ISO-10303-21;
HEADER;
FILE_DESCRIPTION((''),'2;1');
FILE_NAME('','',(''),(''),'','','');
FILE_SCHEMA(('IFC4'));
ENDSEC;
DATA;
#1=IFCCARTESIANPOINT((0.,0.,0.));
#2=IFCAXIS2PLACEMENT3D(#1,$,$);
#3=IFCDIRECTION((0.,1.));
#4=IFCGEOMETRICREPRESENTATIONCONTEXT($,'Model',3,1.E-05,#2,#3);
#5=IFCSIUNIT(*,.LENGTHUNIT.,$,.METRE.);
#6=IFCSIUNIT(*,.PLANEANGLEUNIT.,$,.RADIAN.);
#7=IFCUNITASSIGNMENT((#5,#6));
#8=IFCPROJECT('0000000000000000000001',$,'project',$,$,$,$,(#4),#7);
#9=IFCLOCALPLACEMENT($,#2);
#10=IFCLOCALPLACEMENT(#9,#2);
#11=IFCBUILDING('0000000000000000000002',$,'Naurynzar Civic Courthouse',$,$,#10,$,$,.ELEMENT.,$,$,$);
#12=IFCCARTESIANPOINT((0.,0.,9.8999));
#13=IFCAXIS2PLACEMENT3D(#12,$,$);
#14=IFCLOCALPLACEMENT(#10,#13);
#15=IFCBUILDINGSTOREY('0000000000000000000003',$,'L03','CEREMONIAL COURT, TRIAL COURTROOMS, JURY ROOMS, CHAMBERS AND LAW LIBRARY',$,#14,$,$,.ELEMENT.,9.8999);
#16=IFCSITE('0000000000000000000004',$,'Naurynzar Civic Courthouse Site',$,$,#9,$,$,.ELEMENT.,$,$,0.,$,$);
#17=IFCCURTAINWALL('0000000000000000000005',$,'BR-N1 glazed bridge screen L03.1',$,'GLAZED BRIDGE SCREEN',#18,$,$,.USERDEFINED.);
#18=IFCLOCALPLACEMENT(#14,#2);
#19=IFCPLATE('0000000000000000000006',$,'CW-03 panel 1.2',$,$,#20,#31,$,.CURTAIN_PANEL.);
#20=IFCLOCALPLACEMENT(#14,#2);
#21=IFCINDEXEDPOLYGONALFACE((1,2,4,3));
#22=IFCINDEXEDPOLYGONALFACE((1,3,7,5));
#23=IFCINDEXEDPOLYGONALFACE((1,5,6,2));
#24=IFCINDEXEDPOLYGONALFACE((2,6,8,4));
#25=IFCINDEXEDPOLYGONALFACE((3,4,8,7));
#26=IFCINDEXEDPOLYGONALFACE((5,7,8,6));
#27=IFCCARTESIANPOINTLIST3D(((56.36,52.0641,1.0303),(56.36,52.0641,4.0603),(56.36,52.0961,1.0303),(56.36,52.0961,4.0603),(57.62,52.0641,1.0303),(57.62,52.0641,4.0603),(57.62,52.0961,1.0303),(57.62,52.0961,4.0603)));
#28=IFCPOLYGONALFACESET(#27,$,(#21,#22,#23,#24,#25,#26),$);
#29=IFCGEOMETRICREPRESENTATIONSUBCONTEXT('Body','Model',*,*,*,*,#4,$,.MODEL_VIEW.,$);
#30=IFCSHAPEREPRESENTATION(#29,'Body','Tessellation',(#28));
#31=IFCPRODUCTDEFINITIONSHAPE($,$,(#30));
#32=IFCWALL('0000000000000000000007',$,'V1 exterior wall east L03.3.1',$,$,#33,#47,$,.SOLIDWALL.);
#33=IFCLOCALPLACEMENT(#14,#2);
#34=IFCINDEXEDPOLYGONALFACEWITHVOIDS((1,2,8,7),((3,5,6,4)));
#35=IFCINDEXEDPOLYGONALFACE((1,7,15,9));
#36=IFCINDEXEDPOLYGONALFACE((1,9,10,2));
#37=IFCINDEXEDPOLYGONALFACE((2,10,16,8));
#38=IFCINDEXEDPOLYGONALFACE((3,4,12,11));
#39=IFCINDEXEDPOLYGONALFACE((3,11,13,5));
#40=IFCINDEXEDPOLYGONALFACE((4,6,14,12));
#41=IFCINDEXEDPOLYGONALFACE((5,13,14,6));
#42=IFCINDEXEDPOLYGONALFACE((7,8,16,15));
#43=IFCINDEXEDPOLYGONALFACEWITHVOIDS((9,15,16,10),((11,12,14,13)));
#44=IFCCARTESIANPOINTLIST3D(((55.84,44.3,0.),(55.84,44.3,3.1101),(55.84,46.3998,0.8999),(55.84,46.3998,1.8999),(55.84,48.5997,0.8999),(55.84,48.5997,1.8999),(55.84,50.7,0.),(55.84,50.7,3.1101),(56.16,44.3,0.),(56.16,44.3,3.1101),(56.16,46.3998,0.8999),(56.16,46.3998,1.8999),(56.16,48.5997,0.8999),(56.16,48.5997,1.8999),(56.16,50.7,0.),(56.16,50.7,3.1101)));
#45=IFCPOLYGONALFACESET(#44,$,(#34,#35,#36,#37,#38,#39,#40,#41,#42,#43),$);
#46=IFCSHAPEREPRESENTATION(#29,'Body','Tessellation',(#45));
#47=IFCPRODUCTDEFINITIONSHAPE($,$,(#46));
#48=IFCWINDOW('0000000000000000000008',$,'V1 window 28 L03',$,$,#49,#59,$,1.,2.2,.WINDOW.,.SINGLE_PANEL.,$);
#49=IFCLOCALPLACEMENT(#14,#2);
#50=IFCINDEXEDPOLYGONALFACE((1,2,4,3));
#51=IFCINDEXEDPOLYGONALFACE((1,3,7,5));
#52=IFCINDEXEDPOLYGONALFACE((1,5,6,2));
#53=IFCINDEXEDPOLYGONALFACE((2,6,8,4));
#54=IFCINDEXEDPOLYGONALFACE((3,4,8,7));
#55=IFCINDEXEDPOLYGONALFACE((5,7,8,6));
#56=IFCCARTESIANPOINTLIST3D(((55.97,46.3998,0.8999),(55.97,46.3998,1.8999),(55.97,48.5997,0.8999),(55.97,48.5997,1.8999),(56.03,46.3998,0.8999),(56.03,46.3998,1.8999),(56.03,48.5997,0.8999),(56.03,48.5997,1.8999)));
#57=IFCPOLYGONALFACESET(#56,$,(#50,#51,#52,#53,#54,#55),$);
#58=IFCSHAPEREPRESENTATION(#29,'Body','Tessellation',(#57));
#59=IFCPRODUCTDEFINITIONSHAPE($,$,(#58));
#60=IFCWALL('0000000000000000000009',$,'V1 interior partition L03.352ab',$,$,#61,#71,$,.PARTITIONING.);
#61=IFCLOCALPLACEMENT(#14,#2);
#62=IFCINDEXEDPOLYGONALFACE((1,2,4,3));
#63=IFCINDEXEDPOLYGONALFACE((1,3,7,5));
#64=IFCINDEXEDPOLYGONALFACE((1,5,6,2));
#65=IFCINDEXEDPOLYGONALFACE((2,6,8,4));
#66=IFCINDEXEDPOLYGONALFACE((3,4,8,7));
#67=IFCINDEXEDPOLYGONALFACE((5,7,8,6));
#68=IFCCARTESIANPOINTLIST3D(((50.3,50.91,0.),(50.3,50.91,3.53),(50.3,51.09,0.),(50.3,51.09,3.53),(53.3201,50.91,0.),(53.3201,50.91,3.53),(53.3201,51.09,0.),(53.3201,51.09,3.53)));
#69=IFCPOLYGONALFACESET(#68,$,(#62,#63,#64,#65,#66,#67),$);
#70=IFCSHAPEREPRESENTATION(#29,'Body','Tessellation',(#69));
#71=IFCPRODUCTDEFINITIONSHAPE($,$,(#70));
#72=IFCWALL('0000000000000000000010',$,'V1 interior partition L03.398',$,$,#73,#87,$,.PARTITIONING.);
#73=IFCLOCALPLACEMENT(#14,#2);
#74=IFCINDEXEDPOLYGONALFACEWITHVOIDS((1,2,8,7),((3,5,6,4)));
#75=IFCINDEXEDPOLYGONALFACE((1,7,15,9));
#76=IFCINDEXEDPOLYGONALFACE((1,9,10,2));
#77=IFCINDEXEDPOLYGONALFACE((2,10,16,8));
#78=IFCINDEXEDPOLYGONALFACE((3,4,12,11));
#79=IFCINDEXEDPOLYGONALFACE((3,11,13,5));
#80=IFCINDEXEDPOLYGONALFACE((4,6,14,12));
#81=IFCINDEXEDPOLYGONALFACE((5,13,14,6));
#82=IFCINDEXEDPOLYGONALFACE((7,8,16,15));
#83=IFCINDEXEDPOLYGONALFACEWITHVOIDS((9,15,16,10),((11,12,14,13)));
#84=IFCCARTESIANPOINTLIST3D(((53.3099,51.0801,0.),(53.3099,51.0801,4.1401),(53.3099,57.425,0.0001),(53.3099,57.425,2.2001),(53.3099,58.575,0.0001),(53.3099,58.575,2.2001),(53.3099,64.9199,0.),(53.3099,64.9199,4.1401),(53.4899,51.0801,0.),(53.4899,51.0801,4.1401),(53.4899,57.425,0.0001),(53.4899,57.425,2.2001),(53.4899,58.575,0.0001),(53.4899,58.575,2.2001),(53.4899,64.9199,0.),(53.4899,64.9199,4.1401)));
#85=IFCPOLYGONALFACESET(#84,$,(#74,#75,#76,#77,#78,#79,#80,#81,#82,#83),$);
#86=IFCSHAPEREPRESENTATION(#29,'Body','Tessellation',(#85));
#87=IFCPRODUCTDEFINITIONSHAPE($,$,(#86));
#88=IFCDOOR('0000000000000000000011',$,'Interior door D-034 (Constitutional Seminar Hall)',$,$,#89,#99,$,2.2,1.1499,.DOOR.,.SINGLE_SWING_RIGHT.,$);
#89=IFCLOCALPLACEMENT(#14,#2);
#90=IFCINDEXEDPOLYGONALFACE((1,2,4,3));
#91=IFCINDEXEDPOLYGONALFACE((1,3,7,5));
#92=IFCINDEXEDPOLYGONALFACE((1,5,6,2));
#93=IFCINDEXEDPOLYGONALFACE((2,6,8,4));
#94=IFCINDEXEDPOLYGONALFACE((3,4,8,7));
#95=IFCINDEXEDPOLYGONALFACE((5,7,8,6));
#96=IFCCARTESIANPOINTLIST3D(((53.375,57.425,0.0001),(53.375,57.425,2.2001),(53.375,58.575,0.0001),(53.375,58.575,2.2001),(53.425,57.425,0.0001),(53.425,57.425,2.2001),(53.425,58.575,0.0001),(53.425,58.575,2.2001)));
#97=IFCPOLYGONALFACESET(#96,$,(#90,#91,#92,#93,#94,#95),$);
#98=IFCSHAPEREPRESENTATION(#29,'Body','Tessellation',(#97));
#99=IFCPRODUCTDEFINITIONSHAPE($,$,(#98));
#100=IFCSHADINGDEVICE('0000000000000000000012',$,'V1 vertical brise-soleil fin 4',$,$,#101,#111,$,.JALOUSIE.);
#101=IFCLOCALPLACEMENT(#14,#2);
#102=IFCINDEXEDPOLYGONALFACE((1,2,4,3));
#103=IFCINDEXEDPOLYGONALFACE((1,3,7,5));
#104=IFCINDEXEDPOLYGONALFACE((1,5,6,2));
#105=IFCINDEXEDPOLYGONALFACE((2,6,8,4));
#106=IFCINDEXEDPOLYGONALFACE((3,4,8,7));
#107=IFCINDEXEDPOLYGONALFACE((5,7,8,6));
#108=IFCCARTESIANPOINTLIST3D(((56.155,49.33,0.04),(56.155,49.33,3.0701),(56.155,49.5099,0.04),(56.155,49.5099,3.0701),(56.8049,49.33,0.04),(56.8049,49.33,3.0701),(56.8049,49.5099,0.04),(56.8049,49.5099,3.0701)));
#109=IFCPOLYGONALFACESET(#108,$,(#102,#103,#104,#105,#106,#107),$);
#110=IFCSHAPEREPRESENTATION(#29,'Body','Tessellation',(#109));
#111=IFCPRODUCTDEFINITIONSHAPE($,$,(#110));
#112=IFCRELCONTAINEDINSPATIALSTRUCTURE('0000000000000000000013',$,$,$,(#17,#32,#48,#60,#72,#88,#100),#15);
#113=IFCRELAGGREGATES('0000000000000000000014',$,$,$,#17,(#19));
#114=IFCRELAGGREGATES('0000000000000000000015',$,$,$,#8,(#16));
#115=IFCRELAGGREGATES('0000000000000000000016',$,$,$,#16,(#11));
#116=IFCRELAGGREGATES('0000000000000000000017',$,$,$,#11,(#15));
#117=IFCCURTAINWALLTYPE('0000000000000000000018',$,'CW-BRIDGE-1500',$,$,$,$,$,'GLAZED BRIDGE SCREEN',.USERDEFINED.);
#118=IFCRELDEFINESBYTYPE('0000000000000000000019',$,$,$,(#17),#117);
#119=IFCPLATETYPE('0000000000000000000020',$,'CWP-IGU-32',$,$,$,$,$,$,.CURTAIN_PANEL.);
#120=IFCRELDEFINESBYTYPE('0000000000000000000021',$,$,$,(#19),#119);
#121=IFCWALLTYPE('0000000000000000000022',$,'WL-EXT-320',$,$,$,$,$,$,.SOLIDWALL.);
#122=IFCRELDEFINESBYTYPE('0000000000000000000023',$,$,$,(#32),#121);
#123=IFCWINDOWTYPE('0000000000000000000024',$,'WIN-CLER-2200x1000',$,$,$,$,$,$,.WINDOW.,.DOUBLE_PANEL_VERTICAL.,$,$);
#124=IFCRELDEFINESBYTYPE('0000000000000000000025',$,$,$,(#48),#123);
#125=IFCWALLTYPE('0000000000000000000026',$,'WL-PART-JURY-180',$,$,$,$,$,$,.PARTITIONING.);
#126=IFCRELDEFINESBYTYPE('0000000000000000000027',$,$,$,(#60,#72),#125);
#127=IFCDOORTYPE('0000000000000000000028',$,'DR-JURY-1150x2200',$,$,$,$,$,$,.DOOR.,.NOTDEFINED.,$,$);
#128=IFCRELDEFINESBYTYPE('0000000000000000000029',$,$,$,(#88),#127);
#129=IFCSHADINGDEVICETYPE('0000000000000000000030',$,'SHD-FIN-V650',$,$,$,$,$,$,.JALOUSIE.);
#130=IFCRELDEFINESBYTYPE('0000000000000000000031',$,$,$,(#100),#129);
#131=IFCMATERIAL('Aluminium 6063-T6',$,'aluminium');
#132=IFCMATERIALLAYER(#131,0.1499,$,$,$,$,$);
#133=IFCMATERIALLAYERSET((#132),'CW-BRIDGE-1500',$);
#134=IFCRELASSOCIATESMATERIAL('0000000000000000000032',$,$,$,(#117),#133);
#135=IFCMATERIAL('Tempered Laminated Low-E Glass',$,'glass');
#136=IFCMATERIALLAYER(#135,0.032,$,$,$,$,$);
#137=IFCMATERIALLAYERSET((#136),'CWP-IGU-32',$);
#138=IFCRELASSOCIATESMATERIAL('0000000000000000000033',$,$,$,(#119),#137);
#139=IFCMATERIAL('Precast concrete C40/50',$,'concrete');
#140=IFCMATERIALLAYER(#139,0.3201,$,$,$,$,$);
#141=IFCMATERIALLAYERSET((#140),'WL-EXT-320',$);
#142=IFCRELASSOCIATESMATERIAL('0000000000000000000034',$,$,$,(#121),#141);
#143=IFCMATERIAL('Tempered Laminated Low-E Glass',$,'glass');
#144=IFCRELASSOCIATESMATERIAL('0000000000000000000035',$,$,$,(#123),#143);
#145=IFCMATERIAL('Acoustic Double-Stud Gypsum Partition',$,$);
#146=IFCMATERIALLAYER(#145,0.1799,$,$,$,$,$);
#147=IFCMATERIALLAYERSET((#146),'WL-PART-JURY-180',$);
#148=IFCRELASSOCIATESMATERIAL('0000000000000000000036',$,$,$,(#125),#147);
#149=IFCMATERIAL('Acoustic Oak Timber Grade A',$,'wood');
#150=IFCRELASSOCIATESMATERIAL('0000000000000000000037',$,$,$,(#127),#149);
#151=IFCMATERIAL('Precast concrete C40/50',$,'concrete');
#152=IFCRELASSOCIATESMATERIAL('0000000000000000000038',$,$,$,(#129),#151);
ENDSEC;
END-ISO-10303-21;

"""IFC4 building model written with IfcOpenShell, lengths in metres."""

from ifc_helpers import new_model, si_unit, direction, frame, frame_2d, origin, origin_2d, place, context, subcontext, project, spatial, rectangle, extrude, material, layer, layer_set, type_object, element, fill, aggregate, save


model = new_model("IFC4")

# Units and contexts
model_context = context("Model", 3, precision=1e-05, world=origin(), true_north=direction((0.0, 1.0)))
body_context = subcontext(model_context, "Body", "Model", "MODEL_VIEW")
ifc_project = project(units=[si_unit("LENGTHUNIT", "METRE"), si_unit("PLANEANGLEUNIT", "RADIAN")], contexts=[model_context])

# Site, building, storey
site_placement = place(None, origin())
site = spatial("IfcSite", under=ifc_project, at=site_placement, Name="Naurynzar Civic Courthouse Site", CompositionType="ELEMENT", RefElevation=0.0)
building_placement = place(site_placement, origin())
building = spatial("IfcBuilding", under=site, at=building_placement, Name="Naurynzar Civic Courthouse", CompositionType="ELEMENT")
storey_placement = place(building_placement, frame((0.0, 0.0, 9.8999)))
storey = spatial("IfcBuildingStorey", under=building, at=storey_placement, Name="L03", Description="CEREMONIAL COURT, TRIAL COURTROOMS, JURY ROOMS, CHAMBERS AND LAW LIBRARY", CompositionType="ELEMENT", Elevation=9.8999)

# Curtain wall
ifc_material_1 = material(Name="Aluminium 6063-T6", Category="aluminium")
ifc_layer_1 = layer(ifc_material_1, 0.1499)
ifc_layer_set_1 = layer_set([ifc_layer_1], Name="CW-BRIDGE-1500")
curtain_wall_type_1 = type_object("IfcCurtainWallType", Name="CW-BRIDGE-1500", ElementType="GLAZED BRIDGE SCREEN", PredefinedType="USERDEFINED", material=ifc_layer_set_1)
curtain_wall_1_placement = place(storey_placement, origin())
curtain_wall_1 = element("IfcCurtainWall", 1, at=curtain_wall_1_placement, inside=storey, type_object=curtain_wall_type_1, Name="BR-N1 glazed bridge screen L03.1", ObjectType="GLAZED BRIDGE SCREEN", PredefinedType="USERDEFINED")

# Plate
ifc_material_2 = material(Name="Tempered Laminated Low-E Glass", Category="glass")
ifc_layer_2 = layer(ifc_material_2, 0.032)
ifc_layer_set_2 = layer_set([ifc_layer_2], Name="CWP-IGU-32")
plate_type = type_object("IfcPlateType", Name="CWP-IGU-32", PredefinedType="CURTAIN_PANEL", material=ifc_layer_set_2)
plate_1_placement = place(storey_placement, frame((56.99, 52.0801, 1.0303), z_axis=(0.0, 0.0, 1.0), x_axis=(1.0, 0.0, 0.0)))
plate_1 = element("IfcPlate", 2, at=plate_1_placement, type_object=plate_type, Name="CW-03 panel 1.2", PredefinedType="CURTAIN_PANEL", context=body_context, shape_type="SweptSolid", body=[
    extrude(rectangle(XDim=1.26, YDim=0.032, at=origin_2d()), origin(), (0.0, 0.0, 1.0), 3.03),
])
aggregate(curtain_wall_1, [plate_1])

# Wall, opening, window
ifc_material_3 = material(Name="Precast concrete C40/50", Category="concrete")
ifc_layer_3 = layer(ifc_material_3, 0.3201)
ifc_layer_set_3 = layer_set([ifc_layer_3], Name="WL-EXT-320")
wall_type_1 = type_object("IfcWallType", Name="WL-EXT-320", PredefinedType="SOLIDWALL", material=ifc_layer_set_3)
wall_1_placement = place(storey_placement, frame((56.0, 50.7, 0.0), z_axis=(0.0, 0.0, 1.0), x_axis=(0.0, -1.0, 0.0)))
wall_1 = element("IfcWall", 3, at=wall_1_placement, inside=storey, type_object=wall_type_1, Name="V1 exterior wall east L03.3.1", PredefinedType="SOLIDWALL", context=body_context, shape_type="SweptSolid", body=[
    extrude(rectangle(XDim=6.3999, YDim=0.3201, at=frame_2d((3.2, 0.0))), origin(), (0.0, 0.0, 1.0), 3.1101),
])
opening_1_placement = place(wall_1_placement, frame((2.1001, 0.0, 0.8999)))
opening_1 = element("IfcOpeningElement", 4, at=opening_1_placement, cuts=wall_1, PredefinedType="OPENING", context=body_context, shape_type="SweptSolid", body=[
    extrude(rectangle(XDim=2.2, YDim=1.0, at=frame_2d((1.1001, 0.5))), frame((0.0, 0.1699, 0.0), z_axis=(0.0, -1.0, 0.0), x_axis=(1.0, 0.0, 0.0)), (0.0, 0.0, 1.0), 0.3401),
])
ifc_material_4 = material(Name="Tempered Laminated Low-E Glass", Category="glass")
window_type = type_object("IfcWindowType", Name="WIN-CLER-2200x1000", PartitioningType="DOUBLE_PANEL_VERTICAL", PredefinedType="WINDOW", material=ifc_material_4)
window_placement = place(opening_1_placement, origin())
window = element("IfcWindow", 5, at=window_placement, inside=storey, type_object=window_type, Name="V1 window 28 L03", OverallHeight=1.0, OverallWidth=2.2, PartitioningType="SINGLE_PANEL", PredefinedType="WINDOW", context=body_context, shape_type="SweptSolid", body=[
    extrude(rectangle(XDim=2.2, YDim=1.0, at=frame_2d((1.1001, 0.5))), frame((0.0, 0.03, 0.0), z_axis=(0.0, -1.0, 0.0), x_axis=(1.0, 0.0, 0.0)), (0.0, 0.0, 1.0), 0.0601),
])
fill(opening_1, window)

# Wall
ifc_material_5 = material(Name="Acoustic Double-Stud Gypsum Partition")
ifc_layer_4 = layer(ifc_material_5, 0.1799)
ifc_layer_set_4 = layer_set([ifc_layer_4], Name="WL-PART-JURY-180")
wall_type_2 = type_object("IfcWallType", Name="WL-PART-JURY-180", PredefinedType="PARTITIONING", material=ifc_layer_set_4)
wall_2_placement = place(storey_placement, frame((50.3, 51.0, 0.0), z_axis=(0.0, 0.0, 1.0), x_axis=(1.0, 0.0, 0.0)))
element("IfcWall", 6, at=wall_2_placement, inside=storey, type_object=wall_type_2, Name="V1 interior partition L03.352ab", PredefinedType="PARTITIONING", context=body_context, shape_type="SweptSolid", body=[
    extrude(rectangle(XDim=3.02, YDim=0.1799, at=frame_2d((1.51, 0.0))), origin(), (0.0, 0.0, 1.0), 3.53),
])

# Wall, opening, door
wall_3_placement = place(storey_placement, frame((53.3999, 51.0801, 0.0), z_axis=(0.0, 0.0, 1.0), x_axis=(0.0, 1.0, 0.0)))
wall_3 = element("IfcWall", 7, at=wall_3_placement, inside=storey, type_object=wall_type_2, Name="V1 interior partition L03.398", PredefinedType="PARTITIONING", context=body_context, shape_type="SweptSolid", body=[
    extrude(rectangle(XDim=13.8398, YDim=0.1799, at=frame_2d((6.9199, 0.0))), origin(), (0.0, 0.0, 1.0), 4.1401),
])
opening_2_placement = place(wall_3_placement, frame((6.345, 0.0, 0.0)))
opening_2 = element("IfcOpeningElement", 8, at=opening_2_placement, cuts=wall_3, PredefinedType="OPENING", context=body_context, shape_type="SweptSolid", body=[
    extrude(rectangle(XDim=1.1499, YDim=2.2, at=frame_2d((0.575, 1.1001))), frame((0.0, 0.0999, 0.0), z_axis=(0.0, -1.0, 0.0), x_axis=(1.0, 0.0, 0.0)), (0.0, 0.0, 1.0), 0.2),
])
ifc_material_6 = material(Name="Acoustic Oak Timber Grade A", Category="wood")
door_type = type_object("IfcDoorType", Name="DR-JURY-1150x2200", OperationType="NOTDEFINED", PredefinedType="DOOR", material=ifc_material_6)
door_placement = place(opening_2_placement, origin())
door = element("IfcDoor", 9, at=door_placement, inside=storey, type_object=door_type, Name="Interior door D-034 (Constitutional Seminar Hall)", OperationType="SINGLE_SWING_RIGHT", OverallHeight=2.2, OverallWidth=1.1499, PredefinedType="DOOR", context=body_context, shape_type="SweptSolid", body=[
    extrude(rectangle(XDim=1.1499, YDim=2.2, at=frame_2d((0.575, 1.1001))), frame((0.0, 0.0249, 0.0), z_axis=(0.0, -1.0, 0.0), x_axis=(1.0, 0.0, 0.0)), (0.0, 0.0, 1.0), 0.05),
])
fill(opening_2, door)

# Shading device
ifc_material_7 = material(Name="Precast concrete C40/50", Category="concrete")
shading_device_type = type_object("IfcShadingDeviceType", Name="SHD-FIN-V650", PredefinedType="JALOUSIE", material=ifc_material_7)
shading_device_placement = place(storey_placement, frame((56.48, 49.4199, 0.04), z_axis=(0.0, 0.0, 1.0), x_axis=(0.0, -1.0, 0.0)))
element("IfcShadingDevice", 10, at=shading_device_placement, inside=storey, type_object=shading_device_type, Name="V1 vertical brise-soleil fin 4", PredefinedType="JALOUSIE", context=body_context, shape_type="SweptSolid", body=[
    extrude(rectangle(XDim=0.1799, YDim=0.6499, at=origin_2d()), origin(), (0.0, 0.0, 1.0), 3.03),
])

save(model, "model.ifc")
